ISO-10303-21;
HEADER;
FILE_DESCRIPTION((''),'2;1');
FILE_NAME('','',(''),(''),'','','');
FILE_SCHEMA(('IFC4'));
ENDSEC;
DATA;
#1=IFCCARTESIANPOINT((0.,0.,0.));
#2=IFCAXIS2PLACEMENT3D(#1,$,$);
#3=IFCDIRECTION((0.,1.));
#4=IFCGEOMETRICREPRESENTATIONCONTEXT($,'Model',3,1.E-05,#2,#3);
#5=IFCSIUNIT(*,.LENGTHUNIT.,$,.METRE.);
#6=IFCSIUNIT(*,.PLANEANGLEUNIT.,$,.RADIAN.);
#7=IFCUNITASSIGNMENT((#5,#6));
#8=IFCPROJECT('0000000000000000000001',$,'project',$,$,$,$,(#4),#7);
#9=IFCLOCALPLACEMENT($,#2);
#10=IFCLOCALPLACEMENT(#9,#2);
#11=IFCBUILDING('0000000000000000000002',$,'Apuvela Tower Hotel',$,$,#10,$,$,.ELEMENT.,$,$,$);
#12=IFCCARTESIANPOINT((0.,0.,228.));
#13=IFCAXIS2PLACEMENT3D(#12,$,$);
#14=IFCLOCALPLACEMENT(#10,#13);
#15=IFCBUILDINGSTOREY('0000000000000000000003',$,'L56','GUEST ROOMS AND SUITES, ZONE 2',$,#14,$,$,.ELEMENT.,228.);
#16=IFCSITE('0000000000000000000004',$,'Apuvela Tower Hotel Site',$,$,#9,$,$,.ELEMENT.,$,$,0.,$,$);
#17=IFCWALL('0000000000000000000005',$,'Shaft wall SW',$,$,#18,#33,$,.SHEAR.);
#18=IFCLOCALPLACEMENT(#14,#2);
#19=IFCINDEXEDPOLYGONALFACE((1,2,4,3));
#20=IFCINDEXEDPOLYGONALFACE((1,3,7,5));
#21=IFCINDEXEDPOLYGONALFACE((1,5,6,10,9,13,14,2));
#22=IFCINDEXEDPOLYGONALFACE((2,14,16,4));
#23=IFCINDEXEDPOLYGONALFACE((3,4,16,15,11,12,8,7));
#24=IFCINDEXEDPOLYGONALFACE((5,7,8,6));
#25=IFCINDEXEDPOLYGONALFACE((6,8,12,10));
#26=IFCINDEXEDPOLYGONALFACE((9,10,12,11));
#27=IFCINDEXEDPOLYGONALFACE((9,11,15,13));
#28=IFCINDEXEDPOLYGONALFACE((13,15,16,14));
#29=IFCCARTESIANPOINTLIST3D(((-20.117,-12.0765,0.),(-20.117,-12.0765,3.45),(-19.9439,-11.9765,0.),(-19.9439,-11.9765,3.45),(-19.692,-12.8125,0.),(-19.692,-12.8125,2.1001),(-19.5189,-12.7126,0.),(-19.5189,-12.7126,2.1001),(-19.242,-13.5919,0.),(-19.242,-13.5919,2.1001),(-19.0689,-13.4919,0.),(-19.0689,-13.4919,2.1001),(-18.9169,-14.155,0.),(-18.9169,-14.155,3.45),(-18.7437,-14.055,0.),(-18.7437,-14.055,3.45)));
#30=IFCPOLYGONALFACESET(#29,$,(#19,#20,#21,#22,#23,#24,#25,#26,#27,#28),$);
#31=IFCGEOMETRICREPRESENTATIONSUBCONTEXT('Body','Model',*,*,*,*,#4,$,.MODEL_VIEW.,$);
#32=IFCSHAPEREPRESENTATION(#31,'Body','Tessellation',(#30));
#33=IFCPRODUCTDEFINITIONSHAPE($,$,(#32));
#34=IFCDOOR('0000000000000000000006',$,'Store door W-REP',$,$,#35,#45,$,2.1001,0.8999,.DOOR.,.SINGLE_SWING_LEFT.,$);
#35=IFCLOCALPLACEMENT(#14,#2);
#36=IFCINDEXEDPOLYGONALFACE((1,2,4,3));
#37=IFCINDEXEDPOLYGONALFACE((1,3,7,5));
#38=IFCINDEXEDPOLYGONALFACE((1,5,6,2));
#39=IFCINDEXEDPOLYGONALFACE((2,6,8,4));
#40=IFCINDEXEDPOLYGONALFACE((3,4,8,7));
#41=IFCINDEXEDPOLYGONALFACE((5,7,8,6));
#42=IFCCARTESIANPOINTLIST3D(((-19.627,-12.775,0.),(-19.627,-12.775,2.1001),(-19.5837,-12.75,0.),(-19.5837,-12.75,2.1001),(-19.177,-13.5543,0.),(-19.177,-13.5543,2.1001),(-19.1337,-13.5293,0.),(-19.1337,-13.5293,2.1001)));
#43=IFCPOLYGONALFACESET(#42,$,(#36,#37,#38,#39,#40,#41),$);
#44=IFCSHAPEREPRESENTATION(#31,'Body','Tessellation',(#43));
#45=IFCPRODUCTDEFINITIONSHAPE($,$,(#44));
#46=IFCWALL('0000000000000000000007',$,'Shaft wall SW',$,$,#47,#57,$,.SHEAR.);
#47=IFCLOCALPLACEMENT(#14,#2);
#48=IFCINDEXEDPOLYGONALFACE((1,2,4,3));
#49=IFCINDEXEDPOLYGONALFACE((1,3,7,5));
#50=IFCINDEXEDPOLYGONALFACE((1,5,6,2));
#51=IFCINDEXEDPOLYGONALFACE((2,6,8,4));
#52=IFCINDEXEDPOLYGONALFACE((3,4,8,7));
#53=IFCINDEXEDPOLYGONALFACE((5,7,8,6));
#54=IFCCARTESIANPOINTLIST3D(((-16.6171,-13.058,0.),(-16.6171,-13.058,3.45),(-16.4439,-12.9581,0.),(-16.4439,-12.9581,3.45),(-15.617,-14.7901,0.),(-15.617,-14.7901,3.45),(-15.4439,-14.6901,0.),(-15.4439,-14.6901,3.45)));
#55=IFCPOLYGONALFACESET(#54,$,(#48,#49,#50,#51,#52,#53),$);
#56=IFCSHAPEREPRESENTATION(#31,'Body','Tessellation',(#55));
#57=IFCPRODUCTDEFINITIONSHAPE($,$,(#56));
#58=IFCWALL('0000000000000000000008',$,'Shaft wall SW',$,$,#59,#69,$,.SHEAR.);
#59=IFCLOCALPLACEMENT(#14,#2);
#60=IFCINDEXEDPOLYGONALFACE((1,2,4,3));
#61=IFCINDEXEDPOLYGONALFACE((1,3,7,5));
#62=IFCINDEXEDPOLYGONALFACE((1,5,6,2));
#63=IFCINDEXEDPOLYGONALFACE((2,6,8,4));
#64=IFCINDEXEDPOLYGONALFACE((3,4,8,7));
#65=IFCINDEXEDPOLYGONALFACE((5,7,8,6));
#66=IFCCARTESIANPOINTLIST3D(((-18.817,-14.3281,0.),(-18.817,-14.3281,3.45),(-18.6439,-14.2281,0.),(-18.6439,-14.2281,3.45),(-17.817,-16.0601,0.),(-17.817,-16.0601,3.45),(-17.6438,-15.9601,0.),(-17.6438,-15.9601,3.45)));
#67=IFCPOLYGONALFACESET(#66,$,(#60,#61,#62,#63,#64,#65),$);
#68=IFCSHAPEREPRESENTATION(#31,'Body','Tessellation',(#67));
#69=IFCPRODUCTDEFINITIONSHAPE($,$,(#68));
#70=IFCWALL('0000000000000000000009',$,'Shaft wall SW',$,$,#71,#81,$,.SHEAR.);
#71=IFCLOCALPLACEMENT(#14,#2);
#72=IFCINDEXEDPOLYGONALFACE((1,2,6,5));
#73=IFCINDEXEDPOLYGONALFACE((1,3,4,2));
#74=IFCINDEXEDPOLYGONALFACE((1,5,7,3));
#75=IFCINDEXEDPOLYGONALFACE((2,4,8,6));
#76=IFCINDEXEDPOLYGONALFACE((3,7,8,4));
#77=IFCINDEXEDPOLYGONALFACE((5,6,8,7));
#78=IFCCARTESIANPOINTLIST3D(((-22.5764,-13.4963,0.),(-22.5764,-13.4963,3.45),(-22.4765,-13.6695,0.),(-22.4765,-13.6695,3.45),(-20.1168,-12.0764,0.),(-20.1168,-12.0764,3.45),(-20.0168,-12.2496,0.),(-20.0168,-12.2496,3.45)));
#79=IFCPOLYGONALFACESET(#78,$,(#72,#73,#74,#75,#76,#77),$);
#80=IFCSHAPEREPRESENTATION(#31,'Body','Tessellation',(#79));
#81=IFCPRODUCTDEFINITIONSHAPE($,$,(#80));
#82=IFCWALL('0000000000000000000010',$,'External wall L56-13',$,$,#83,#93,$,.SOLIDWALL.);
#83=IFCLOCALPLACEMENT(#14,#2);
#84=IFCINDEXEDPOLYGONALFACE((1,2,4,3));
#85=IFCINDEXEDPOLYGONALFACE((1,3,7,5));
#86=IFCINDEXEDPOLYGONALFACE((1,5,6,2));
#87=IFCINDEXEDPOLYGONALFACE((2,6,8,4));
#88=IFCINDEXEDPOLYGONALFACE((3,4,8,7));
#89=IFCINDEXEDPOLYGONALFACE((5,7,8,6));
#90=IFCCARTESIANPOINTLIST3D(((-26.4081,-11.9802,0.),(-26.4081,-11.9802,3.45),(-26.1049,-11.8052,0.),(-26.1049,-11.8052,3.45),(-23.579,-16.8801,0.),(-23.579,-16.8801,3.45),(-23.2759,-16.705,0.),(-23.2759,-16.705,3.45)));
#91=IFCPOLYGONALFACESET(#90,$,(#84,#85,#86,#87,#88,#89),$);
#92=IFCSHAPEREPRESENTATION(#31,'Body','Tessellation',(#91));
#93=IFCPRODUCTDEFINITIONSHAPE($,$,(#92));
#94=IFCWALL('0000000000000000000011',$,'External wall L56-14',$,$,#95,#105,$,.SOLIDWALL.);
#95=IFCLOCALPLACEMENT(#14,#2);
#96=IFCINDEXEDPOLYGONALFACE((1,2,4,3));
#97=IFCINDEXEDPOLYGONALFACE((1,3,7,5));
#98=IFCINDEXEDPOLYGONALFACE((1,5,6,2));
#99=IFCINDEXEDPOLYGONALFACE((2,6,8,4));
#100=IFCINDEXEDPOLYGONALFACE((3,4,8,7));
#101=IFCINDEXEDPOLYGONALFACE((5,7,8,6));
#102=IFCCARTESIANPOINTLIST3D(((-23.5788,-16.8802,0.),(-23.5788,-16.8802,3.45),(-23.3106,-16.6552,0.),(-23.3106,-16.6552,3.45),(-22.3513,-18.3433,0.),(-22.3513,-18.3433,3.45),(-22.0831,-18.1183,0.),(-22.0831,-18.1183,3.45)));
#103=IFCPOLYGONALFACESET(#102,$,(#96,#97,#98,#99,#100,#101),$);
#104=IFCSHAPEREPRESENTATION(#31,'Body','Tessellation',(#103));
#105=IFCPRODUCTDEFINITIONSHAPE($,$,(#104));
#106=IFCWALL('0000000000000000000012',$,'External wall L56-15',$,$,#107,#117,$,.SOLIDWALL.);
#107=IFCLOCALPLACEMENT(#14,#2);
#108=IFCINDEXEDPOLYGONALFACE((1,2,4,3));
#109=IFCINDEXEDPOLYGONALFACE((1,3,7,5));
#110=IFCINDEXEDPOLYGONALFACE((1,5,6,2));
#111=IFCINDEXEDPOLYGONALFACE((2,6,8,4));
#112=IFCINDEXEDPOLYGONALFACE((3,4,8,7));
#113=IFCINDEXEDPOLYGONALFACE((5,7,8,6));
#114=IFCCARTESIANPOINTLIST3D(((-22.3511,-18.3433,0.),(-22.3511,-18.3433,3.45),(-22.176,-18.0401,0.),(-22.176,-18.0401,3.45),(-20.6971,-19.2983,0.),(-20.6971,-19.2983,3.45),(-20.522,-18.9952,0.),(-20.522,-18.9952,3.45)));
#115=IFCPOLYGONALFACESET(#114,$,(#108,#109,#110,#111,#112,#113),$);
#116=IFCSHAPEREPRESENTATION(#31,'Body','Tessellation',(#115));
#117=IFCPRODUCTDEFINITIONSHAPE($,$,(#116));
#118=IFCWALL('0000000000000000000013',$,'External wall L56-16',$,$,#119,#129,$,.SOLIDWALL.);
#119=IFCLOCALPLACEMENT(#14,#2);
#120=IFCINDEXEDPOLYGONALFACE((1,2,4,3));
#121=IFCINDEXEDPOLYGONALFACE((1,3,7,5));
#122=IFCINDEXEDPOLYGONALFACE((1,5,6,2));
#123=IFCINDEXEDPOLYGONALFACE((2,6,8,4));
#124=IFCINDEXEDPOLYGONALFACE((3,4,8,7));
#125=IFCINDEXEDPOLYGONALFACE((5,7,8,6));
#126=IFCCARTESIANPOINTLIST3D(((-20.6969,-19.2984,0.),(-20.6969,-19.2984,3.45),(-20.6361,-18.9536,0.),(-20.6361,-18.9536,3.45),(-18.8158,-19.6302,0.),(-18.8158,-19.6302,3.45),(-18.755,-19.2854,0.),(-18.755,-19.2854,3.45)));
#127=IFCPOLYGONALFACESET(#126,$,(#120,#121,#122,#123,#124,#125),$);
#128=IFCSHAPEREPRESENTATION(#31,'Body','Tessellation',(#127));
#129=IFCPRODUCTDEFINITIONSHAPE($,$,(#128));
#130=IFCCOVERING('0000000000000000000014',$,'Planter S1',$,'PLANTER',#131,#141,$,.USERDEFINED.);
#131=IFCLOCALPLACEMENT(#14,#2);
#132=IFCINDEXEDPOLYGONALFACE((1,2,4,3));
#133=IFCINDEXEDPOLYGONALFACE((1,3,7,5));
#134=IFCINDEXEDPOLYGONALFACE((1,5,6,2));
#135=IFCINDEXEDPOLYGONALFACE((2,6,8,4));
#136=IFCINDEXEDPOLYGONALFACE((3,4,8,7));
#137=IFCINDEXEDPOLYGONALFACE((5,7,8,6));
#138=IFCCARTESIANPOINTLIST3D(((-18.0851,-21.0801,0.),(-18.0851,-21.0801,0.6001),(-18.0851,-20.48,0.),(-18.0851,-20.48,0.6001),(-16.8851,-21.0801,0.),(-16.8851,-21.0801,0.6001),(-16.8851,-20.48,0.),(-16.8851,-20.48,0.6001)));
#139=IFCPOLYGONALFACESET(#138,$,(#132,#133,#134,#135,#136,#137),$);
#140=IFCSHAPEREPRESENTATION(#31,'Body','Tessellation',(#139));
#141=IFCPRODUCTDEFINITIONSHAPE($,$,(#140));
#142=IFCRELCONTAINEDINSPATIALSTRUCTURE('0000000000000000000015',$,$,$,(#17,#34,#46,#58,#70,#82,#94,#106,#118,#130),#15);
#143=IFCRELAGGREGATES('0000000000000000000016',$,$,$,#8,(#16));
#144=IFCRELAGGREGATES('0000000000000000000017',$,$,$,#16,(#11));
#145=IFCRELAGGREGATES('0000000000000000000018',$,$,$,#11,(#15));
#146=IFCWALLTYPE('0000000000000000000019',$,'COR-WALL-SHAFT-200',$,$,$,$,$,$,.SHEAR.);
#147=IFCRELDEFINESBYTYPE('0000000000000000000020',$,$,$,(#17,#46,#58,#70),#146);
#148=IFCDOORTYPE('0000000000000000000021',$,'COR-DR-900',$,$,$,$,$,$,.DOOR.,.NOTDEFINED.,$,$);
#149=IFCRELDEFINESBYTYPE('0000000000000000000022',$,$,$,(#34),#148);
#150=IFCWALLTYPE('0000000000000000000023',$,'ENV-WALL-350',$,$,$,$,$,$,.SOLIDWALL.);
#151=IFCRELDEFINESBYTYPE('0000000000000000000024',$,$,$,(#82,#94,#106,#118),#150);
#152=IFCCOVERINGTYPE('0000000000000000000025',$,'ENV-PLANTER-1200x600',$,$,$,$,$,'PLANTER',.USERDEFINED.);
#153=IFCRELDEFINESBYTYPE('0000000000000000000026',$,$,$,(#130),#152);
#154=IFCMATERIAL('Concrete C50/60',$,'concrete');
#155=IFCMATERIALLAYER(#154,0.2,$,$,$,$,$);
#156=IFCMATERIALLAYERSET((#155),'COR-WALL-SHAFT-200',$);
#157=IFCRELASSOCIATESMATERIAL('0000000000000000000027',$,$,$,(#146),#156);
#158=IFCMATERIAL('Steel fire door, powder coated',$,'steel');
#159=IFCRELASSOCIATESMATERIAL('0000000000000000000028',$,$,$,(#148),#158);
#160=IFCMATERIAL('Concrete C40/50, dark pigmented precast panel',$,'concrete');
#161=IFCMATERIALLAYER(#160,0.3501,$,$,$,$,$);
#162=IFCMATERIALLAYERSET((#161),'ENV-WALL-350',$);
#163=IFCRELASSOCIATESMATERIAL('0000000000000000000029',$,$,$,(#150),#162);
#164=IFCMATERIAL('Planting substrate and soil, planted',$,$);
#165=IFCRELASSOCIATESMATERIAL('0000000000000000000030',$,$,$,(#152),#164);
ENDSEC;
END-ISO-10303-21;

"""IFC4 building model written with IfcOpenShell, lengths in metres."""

from ifc_helpers import new_model, si_unit, direction, frame, frame_2d, origin, origin_2d, place, context, subcontext, project, spatial, rectangle, extrude, material, layer, layer_set, type_object, element, fill, save


model = new_model("IFC4")

# Units and contexts
model_context = context("Model", 3, precision=1e-05, world=origin(), true_north=direction((0.0, 1.0)))
body_context = subcontext(model_context, "Body", "Model", "MODEL_VIEW")
ifc_project = project(units=[si_unit("LENGTHUNIT", "METRE"), si_unit("PLANEANGLEUNIT", "RADIAN")], contexts=[model_context])

# Site, building, storey
site_placement = place(None, origin())
site = spatial("IfcSite", under=ifc_project, at=site_placement, Name="Apuvela Tower Hotel Site", CompositionType="ELEMENT", RefElevation=0.0)
building_placement = place(site_placement, origin())
building = spatial("IfcBuilding", under=site, at=building_placement, Name="Apuvela Tower Hotel", CompositionType="ELEMENT")
storey_placement = place(building_placement, frame((0.0, 0.0, 228.0)))
storey = spatial("IfcBuildingStorey", under=building, at=storey_placement, Name="L56", Description="GUEST ROOMS AND SUITES, ZONE 2", CompositionType="ELEMENT", Elevation=228.0)

# Wall, opening, door
ifc_material_1 = material(Name="Concrete C50/60", Category="concrete")
ifc_layer_1 = layer(ifc_material_1, 0.2)
ifc_layer_set_1 = layer_set([ifc_layer_1], Name="COR-WALL-SHAFT-200")
wall_type_1 = type_object("IfcWallType", Name="COR-WALL-SHAFT-200", PredefinedType="SHEAR", material=ifc_layer_set_1)
wall_1_placement = place(storey_placement, frame((-20.0305, -12.0264, 0.0), z_axis=(0.0, 0.0, 1.0), x_axis=(0.500034, -0.866006, 0.0)))
wall_1 = element("IfcWall", 1, at=wall_1_placement, inside=storey, type_object=wall_type_1, Name="Shaft wall SW", PredefinedType="SHEAR", context=body_context, shape_type="SweptSolid", body=[
    extrude(rectangle(XDim=2.4001, YDim=0.2, at=frame_2d((1.2002, 0.0))), origin(), (0.0, 0.0, 1.0), 3.45),
])
opening_1_placement = place(wall_1_placement, frame((0.8501, 0.0, 0.0)))
opening_1 = element("IfcOpeningElement", 2, at=opening_1_placement, cuts=wall_1, PredefinedType="OPENING", context=body_context, shape_type="SweptSolid", body=[
    extrude(rectangle(XDim=0.8999, YDim=2.1001, at=frame_2d((0.45, 1.05))), frame((0.0, 0.1099, 0.0), z_axis=(0.0, -1.0, 0.0), x_axis=(1.0, 0.0, 0.0)), (0.0, 0.0, 1.0), 0.22),
])
ifc_material_2 = material(Name="Steel fire door, powder coated", Category="steel")
door_type_1 = type_object("IfcDoorType", Name="COR-DR-900", OperationType="NOTDEFINED", PredefinedType="DOOR", material=ifc_material_2)
door_1_placement = place(opening_1_placement, frame((0.8999, 0.0, 0.0), z_axis=(0.0, 0.0, 1.0), x_axis=(-1.0, 0.0, 0.0)))
door_1 = element("IfcDoor", 3, at=door_1_placement, inside=storey, type_object=door_type_1, Name="Store door W-REP", OperationType="SINGLE_SWING_LEFT", OverallHeight=2.1001, OverallWidth=0.8999, PredefinedType="DOOR", context=body_context, shape_type="SweptSolid", body=[
    extrude(rectangle(XDim=0.8999, YDim=2.1001, at=frame_2d((0.45, 1.05))), frame((0.0, 0.0249, 0.0), z_axis=(0.0, -1.0, 0.0), x_axis=(1.0, 0.0, 0.0)), (0.0, 0.0, 1.0), 0.05),
])
fill(opening_1, door_1)

# Walls
for number, where, z_axis, x_axis, name in (
    (4, (-16.5305, -13.0081, 0.0), (0.0, 0.0, 1.0), (0.500025, -0.866011, 0.0), "Shaft wall SW"),
    (5, (-18.7305, -14.2781, 0.0), (0.0, 0.0, 1.0), (0.500025, -0.866011, 0.0), "Shaft wall SW"),
):
    element("IfcWall", number, at=place(storey_placement, frame(where, z_axis=z_axis, x_axis=x_axis)), inside=storey, type_object=wall_type_1, Name=name, PredefinedType="SHEAR", context=body_context, shape_type="SweptSolid", body=[
        extrude(rectangle(XDim=2.0, YDim=0.2, at=frame_2d((1.0, 0.0))), origin(), (0.0, 0.0, 1.0), 3.45),
    ])
wall_2_placement = place(storey_placement, frame((-20.0669, -12.1631, 0.0), z_axis=(0.0, 0.0, 1.0), x_axis=(-0.866055, -0.499948, 0.0)))
element("IfcWall", 6, at=wall_2_placement, inside=storey, type_object=wall_type_1, Name="Shaft wall SW", PredefinedType="SHEAR", context=body_context, shape_type="SweptSolid", body=[
    extrude(rectangle(XDim=2.8401, YDim=0.2, at=frame_2d((1.4199, 0.0))), origin(), (0.0, 0.0, 1.0), 3.45),
])
ifc_material_3 = material(Name="Concrete C40/50, dark pigmented precast panel", Category="concrete")
ifc_layer_2 = layer(ifc_material_3, 0.3501)
ifc_layer_set_2 = layer_set([ifc_layer_2], Name="ENV-WALL-350")
wall_type_2 = type_object("IfcWallType", Name="ENV-WALL-350", PredefinedType="SOLIDWALL", material=ifc_layer_set_2)
wall_3_placement = place(storey_placement, frame((-26.2566, -11.8926, 0.0), z_axis=(0.0, 0.0, 1.0), x_axis=(0.500019, -0.866015, 0.0)))
element("IfcWall", 7, at=wall_3_placement, inside=storey, type_object=wall_type_2, Name="External wall L56-13", PredefinedType="SOLIDWALL", context=body_context, shape_type="SweptSolid", body=[
    extrude(rectangle(XDim=5.658, YDim=0.3501, at=frame_2d((2.8291, 0.0))), origin(), (0.0, 0.0, 1.0), 3.45),
])
for number, where, z_axis, x_axis, name in (
    (8, (-23.4448, -16.7676, 0.0), (0.0, 0.0, 1.0), (0.642733, -0.76609, 0.0), "External wall L56-14"),
    (9, (-22.2637, -18.1917, 0.0), (0.0, 0.0, 1.0), (0.866, -0.500043, 0.0), "External wall L56-15"),
):
    element("IfcWall", number, at=place(storey_placement, frame(where, z_axis=z_axis, x_axis=x_axis)), inside=storey, type_object=wall_type_2, Name=name, PredefinedType="SOLIDWALL", context=body_context, shape_type="SweptSolid", body=[
        extrude(rectangle(XDim=1.9099, YDim=0.3501, at=frame_2d((0.9551, 0.0))), origin(), (0.0, 0.0, 1.0), 3.45),
    ])
wall_4_placement = place(storey_placement, frame((-20.6665, -19.126, 0.0), z_axis=(0.0, 0.0, 1.0), x_axis=(0.984799, -0.173698, 0.0)))
element("IfcWall", 10, at=wall_4_placement, inside=storey, type_object=wall_type_2, Name="External wall L56-16", PredefinedType="SOLIDWALL", context=body_context, shape_type="SweptSolid", body=[
    extrude(rectangle(XDim=1.9102, YDim=0.3501, at=frame_2d((0.9551, 0.0))), origin(), (0.0, 0.0, 1.0), 3.45),
])

# Covering
ifc_material_4 = material(Name="Planting substrate and soil, planted")
covering_type = type_object("IfcCoveringType", Name="ENV-PLANTER-1200x600", ElementType="PLANTER", PredefinedType="USERDEFINED", material=ifc_material_4)
covering_placement = place(storey_placement, frame((-17.4851, -20.78, 0.0), z_axis=(0.0, 0.0, 1.0), x_axis=(1.0, 0.0, 0.0)))
element("IfcCovering", 11, at=covering_placement, inside=storey, type_object=covering_type, Name="Planter S1", ObjectType="PLANTER", PredefinedType="USERDEFINED", context=body_context, shape_type="SweptSolid", body=[
    extrude(rectangle(XDim=1.2, YDim=0.6001, at=origin_2d()), origin(), (0.0, 0.0, 1.0), 0.6001),
])

save(model, "model.ifc")
